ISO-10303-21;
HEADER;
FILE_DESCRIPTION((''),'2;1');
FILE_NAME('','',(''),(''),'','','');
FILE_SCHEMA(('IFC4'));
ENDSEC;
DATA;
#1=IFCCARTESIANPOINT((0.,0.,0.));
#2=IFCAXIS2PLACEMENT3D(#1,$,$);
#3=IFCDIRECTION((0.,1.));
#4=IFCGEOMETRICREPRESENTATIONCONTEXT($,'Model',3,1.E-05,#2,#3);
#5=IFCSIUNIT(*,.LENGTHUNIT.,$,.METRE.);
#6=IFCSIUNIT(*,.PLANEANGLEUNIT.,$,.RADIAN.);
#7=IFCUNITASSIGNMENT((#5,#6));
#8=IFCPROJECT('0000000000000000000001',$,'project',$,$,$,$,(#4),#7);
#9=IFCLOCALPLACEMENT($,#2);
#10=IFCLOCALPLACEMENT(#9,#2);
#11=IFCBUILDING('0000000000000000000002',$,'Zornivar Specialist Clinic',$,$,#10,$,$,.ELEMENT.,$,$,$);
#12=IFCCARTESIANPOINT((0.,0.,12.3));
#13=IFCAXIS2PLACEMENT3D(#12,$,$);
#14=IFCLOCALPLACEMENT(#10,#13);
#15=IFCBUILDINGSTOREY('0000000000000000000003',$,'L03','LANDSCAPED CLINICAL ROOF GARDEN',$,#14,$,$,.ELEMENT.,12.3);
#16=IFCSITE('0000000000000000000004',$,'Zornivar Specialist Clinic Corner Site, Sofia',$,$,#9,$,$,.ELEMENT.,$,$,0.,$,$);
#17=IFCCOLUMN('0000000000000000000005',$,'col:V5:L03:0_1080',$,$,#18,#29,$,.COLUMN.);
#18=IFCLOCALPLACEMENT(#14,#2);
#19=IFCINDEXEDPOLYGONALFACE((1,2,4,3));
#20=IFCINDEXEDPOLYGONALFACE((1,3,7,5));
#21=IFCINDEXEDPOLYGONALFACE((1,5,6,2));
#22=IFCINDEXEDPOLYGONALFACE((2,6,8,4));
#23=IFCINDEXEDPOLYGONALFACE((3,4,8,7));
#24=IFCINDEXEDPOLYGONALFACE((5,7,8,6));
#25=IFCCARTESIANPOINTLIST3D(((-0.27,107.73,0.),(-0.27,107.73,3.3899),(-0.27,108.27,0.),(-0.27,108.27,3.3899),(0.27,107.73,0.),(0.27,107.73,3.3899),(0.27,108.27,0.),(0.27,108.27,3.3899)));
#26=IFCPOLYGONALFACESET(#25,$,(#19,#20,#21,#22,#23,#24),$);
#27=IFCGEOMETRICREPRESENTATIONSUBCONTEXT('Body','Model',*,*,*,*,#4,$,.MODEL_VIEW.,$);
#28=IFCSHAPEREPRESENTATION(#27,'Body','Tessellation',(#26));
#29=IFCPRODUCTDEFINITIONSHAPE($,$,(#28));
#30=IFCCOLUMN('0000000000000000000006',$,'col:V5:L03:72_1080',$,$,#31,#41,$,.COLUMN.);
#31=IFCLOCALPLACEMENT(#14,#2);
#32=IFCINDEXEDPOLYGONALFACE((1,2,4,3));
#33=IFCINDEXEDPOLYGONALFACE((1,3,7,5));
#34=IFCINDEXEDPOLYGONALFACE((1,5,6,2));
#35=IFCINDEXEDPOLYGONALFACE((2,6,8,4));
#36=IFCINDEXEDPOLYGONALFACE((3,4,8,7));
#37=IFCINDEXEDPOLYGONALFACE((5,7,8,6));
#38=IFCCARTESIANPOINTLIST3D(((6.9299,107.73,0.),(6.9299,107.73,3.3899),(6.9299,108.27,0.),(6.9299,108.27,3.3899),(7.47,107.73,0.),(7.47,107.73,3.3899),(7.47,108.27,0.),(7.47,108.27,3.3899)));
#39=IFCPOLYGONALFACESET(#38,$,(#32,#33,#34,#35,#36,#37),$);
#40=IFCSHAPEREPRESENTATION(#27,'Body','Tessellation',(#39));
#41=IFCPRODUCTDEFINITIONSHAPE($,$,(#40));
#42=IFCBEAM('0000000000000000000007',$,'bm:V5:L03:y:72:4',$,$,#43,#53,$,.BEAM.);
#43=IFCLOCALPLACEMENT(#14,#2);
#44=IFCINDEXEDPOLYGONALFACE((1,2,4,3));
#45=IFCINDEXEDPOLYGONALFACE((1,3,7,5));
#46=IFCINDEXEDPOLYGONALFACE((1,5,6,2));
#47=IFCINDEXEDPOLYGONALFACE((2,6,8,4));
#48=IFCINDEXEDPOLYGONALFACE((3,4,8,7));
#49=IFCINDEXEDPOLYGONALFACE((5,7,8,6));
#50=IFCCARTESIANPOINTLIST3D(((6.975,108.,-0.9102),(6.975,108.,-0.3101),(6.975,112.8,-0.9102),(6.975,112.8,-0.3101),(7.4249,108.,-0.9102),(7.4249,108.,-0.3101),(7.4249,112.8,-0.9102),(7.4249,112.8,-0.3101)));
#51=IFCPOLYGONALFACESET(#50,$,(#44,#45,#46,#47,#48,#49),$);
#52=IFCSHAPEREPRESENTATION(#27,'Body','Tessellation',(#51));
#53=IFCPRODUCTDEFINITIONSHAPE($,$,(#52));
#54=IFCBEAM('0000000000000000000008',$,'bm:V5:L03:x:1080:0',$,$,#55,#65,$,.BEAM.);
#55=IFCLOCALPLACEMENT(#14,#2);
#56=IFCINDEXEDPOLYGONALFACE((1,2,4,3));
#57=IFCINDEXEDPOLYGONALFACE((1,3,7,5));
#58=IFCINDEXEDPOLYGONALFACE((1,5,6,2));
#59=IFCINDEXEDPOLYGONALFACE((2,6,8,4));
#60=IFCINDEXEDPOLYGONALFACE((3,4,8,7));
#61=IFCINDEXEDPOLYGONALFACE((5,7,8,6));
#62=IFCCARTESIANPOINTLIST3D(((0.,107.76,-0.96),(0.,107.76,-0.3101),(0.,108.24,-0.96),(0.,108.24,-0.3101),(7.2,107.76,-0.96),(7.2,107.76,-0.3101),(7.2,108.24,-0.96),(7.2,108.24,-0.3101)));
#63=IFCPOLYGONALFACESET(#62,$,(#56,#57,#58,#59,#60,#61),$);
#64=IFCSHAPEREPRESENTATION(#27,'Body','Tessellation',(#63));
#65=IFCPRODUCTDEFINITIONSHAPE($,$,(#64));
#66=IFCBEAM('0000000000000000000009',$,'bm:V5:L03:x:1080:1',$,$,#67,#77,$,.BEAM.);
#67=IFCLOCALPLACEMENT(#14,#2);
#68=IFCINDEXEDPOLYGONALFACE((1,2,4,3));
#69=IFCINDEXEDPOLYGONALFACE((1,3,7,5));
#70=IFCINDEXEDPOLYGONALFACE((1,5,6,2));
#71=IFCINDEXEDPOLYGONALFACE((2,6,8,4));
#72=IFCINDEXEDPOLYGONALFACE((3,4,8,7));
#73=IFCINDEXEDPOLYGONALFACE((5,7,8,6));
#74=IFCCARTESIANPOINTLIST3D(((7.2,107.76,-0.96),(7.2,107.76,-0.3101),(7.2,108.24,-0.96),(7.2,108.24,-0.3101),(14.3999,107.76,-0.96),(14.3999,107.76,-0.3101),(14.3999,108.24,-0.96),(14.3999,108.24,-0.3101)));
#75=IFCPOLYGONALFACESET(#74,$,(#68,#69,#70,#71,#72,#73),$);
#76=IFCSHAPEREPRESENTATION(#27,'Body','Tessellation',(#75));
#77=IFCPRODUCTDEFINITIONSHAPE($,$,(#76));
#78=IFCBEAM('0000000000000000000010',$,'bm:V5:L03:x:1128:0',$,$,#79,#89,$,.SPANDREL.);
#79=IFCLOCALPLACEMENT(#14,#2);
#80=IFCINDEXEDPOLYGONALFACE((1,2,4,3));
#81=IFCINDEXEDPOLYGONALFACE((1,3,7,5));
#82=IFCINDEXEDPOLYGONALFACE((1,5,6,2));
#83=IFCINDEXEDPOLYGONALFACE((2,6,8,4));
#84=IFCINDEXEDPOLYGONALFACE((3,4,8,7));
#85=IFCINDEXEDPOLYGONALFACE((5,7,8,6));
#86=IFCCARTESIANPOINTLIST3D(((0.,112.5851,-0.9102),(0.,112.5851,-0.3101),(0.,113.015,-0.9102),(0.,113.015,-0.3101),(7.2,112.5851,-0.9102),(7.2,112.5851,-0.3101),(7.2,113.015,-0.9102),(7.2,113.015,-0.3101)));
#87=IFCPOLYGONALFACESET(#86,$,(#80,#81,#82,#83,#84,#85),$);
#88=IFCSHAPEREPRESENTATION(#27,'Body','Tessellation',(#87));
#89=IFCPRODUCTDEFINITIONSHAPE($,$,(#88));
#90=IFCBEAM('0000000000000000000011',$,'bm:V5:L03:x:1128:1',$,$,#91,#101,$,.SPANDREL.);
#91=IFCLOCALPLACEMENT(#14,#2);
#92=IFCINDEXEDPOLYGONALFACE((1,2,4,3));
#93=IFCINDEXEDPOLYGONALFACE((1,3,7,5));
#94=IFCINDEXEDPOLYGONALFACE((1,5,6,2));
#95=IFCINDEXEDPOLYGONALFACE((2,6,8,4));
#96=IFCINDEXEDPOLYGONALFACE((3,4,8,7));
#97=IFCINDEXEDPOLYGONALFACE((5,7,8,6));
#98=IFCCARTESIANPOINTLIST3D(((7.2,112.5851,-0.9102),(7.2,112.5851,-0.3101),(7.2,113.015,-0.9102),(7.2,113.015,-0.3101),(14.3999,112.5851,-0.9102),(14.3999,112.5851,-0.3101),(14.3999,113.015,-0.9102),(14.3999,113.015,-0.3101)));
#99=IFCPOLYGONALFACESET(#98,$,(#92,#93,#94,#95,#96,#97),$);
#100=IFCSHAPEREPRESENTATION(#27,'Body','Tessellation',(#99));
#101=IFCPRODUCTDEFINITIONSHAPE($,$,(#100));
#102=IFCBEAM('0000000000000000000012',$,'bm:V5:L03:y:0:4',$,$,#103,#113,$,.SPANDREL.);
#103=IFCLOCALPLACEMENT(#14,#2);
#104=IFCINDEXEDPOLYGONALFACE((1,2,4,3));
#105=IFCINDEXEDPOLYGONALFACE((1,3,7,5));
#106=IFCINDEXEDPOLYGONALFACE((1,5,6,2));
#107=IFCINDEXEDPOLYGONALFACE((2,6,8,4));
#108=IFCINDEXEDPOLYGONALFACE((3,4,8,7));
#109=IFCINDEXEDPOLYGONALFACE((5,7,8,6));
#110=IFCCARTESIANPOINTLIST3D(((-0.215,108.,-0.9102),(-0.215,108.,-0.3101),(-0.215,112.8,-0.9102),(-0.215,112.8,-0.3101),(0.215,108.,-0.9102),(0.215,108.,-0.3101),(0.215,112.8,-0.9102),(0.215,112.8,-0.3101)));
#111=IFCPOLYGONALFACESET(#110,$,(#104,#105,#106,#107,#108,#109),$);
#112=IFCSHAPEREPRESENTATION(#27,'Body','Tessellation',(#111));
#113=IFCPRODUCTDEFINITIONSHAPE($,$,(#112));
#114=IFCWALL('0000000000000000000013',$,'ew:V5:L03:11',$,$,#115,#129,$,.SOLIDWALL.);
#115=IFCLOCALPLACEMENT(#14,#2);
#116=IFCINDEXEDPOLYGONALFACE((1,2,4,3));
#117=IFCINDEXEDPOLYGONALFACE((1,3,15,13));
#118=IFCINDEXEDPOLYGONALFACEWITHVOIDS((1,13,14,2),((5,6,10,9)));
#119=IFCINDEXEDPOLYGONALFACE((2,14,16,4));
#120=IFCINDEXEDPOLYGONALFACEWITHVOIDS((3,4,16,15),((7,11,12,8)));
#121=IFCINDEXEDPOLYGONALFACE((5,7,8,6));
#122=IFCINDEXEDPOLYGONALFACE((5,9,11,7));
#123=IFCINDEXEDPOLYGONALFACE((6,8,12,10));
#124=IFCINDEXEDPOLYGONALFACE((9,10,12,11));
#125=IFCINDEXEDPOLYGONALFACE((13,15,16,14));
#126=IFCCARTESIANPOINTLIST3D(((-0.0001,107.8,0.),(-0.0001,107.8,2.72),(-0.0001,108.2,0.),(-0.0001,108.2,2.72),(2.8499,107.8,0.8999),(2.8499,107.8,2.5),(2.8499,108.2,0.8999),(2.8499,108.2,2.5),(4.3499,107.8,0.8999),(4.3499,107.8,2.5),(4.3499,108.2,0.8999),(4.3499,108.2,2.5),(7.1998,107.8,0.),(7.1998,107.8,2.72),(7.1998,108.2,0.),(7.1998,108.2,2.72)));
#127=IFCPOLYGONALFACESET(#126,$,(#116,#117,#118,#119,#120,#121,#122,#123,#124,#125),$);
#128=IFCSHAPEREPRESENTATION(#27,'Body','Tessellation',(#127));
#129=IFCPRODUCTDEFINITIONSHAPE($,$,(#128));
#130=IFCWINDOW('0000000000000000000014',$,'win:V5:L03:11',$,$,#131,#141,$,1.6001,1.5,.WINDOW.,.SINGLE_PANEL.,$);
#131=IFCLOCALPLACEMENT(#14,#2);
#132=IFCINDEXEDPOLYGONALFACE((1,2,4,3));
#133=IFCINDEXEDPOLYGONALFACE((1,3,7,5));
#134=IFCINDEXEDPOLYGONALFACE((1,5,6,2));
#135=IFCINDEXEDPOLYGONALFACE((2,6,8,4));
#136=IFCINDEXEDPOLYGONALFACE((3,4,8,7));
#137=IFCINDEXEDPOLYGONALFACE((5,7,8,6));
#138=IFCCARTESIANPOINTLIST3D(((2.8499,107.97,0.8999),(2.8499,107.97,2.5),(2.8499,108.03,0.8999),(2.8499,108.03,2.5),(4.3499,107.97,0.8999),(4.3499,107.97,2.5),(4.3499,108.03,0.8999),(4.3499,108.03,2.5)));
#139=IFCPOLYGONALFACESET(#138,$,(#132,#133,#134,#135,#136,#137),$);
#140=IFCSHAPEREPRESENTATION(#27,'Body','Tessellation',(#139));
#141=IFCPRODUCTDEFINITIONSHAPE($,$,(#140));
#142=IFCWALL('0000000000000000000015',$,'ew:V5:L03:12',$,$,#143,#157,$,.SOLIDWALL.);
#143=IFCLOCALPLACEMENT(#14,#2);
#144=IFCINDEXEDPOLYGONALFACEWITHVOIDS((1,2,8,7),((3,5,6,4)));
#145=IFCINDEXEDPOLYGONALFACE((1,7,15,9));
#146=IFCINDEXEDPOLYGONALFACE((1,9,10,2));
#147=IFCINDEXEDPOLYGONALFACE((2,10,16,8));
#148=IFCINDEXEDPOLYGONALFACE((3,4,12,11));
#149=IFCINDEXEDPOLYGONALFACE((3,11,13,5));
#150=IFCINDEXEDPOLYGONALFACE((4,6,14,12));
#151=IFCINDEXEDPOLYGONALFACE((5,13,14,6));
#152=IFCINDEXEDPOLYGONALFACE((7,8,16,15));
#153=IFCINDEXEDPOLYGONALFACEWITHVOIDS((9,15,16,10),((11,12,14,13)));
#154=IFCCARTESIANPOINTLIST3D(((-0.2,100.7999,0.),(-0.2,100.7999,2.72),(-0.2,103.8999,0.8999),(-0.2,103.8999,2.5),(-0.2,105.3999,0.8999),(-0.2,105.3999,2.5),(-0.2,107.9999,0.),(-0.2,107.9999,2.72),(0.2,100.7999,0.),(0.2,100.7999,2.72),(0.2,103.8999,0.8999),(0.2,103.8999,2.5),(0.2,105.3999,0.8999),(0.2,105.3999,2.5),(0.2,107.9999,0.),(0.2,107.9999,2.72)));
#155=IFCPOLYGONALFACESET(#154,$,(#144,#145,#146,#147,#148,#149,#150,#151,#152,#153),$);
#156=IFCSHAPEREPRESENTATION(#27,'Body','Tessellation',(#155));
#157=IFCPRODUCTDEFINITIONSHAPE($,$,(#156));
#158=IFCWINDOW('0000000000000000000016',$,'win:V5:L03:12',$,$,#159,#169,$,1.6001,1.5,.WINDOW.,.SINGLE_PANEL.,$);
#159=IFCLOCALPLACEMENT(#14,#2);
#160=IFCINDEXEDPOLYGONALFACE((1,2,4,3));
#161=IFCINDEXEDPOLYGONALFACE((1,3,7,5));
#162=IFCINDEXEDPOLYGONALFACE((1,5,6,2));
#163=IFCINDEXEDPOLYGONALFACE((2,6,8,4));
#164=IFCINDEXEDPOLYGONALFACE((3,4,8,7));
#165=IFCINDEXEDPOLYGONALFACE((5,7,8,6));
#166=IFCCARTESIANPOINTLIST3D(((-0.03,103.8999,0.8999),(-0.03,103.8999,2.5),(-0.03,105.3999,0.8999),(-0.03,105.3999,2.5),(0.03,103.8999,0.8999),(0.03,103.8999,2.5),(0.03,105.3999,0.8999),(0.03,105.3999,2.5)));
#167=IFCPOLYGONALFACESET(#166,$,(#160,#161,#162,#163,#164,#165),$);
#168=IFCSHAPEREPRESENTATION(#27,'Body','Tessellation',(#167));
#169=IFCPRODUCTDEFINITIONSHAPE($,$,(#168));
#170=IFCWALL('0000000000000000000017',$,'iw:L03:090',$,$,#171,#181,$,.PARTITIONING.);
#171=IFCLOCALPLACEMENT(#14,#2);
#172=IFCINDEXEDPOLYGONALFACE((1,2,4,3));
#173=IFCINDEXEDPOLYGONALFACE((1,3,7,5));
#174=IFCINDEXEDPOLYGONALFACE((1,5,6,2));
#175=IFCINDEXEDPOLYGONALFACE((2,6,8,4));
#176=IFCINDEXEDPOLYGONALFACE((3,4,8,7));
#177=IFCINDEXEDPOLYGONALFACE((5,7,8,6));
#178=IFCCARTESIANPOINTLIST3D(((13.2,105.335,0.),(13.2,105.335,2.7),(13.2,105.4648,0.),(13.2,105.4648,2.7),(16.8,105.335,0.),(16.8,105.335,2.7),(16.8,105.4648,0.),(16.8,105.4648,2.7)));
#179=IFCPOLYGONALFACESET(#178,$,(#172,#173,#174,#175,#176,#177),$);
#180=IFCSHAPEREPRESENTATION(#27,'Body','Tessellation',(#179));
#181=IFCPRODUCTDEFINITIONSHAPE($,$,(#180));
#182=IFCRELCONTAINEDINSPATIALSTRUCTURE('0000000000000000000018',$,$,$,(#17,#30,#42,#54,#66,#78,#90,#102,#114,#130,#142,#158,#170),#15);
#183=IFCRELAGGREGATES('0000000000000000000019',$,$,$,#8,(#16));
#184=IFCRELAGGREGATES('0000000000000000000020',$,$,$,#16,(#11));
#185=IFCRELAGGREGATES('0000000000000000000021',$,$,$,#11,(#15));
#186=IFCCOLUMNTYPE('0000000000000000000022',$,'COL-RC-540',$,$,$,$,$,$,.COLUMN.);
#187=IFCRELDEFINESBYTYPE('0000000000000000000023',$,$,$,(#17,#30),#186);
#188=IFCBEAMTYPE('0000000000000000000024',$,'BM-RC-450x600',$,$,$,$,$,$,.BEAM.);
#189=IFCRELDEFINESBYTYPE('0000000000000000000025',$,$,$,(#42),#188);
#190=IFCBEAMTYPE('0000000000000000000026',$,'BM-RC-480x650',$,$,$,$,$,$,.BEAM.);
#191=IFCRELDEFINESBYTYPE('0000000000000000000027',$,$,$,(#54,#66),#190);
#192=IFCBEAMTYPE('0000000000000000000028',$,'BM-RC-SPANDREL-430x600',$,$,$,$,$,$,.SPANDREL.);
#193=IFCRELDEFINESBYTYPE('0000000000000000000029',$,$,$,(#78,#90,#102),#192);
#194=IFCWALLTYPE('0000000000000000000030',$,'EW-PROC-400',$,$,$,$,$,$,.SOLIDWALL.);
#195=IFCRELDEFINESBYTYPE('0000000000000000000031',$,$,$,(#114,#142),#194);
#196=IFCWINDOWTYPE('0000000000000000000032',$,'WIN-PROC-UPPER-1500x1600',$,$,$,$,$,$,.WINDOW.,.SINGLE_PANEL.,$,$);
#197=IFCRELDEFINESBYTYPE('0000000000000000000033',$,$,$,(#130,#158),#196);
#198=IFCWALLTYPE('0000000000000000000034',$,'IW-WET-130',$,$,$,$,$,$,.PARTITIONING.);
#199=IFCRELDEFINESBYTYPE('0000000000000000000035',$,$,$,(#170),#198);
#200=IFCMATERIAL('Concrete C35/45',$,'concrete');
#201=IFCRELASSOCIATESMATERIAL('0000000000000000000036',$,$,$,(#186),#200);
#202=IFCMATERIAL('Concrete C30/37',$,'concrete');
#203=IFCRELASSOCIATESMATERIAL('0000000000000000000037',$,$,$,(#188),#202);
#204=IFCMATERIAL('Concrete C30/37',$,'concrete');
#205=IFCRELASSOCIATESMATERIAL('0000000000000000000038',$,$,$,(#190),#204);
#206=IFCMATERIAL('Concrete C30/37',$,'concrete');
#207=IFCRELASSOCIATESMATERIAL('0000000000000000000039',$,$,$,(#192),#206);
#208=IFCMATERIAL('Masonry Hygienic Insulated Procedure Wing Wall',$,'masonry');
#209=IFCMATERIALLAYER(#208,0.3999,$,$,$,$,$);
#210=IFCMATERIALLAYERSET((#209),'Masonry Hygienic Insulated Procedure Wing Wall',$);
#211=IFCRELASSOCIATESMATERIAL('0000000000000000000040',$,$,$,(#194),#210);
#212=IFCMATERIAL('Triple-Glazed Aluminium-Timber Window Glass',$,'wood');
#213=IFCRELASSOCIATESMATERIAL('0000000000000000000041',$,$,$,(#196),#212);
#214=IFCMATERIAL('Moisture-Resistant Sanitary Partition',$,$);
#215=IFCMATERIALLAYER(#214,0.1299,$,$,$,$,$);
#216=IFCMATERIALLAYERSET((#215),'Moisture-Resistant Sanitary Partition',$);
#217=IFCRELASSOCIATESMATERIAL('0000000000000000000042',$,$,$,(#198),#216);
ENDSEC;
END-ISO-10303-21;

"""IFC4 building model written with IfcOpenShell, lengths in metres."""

from ifc_helpers import new_model, si_unit, direction, frame, frame_2d, origin, origin_2d, place, context, subcontext, project, spatial, rectangle, extrude, material, layer, layer_set, material_profile, profile_set, type_object, element, fill, save


model = new_model("IFC4")

# Units and contexts
model_context = context("Model", 3, precision=1e-05, world=origin(), true_north=direction((0.0, 1.0)))
body_context = subcontext(model_context, "Body", "Model", "MODEL_VIEW")
ifc_project = project(units=[si_unit("LENGTHUNIT", "METRE"), si_unit("PLANEANGLEUNIT", "RADIAN")], contexts=[model_context])

# Site, building, storey
site_placement = place(None, origin())
site = spatial("IfcSite", under=ifc_project, at=site_placement, Name="Zornivar Specialist Clinic Corner Site, Sofia", CompositionType="ELEMENT", RefElevation=0.0)
building_placement = place(site_placement, origin())
building = spatial("IfcBuilding", under=site, at=building_placement, Name="Zornivar Specialist Clinic", CompositionType="ELEMENT")
storey_placement = place(building_placement, frame((0.0, 0.0, 12.3)))
storey = spatial("IfcBuildingStorey", under=building, at=storey_placement, Name="L03", Description="LANDSCAPED CLINICAL ROOF GARDEN", CompositionType="ELEMENT", Elevation=12.3)

# Columns
ifc_material_1 = material(Name="Concrete C35/45", Category="concrete")
ifc_material_profile_1 = material_profile(ifc_material_1, rectangle(XDim=0.54, YDim=0.54, at=origin_2d()), Name="RC 540x540")
ifc_profile_set_1 = profile_set([ifc_material_profile_1], Name="Concrete C35/45")
column_type = type_object("IfcColumnType", Name="COL-RC-540", PredefinedType="COLUMN", material=ifc_profile_set_1)
for number, where, z_axis, x_axis, name in (
    (1, (0.0, 108.0, 0.0), (0.0, 0.0, 1.0), (1.0, 0.0, 0.0), "col:V5:L03:0_1080"),
    (2, (7.2, 108.0, 0.0), (0.0, 0.0, 1.0), (1.0, 0.0, 0.0), "col:V5:L03:72_1080"),
):
    element("IfcColumn", number, at=place(storey_placement, frame(where, z_axis=z_axis, x_axis=x_axis)), inside=storey, type_object=column_type, Name=name, PredefinedType="COLUMN", context=body_context, shape_type="SweptSolid", body=[
        extrude(rectangle(XDim=0.54, YDim=0.54, at=origin_2d()), origin(), (0.0, 0.0, 1.0), 3.3899),
    ])

# Beams
ifc_material_2 = material(Name="Concrete C30/37", Category="concrete")
ifc_material_profile_2 = material_profile(ifc_material_2, rectangle(XDim=0.45, YDim=0.6001, at=origin_2d()), Name="RC 450x600")
ifc_profile_set_2 = profile_set([ifc_material_profile_2], Name="Concrete C30/37")
beam_type_1 = type_object("IfcBeamType", Name="BM-RC-450x600", PredefinedType="BEAM", material=ifc_profile_set_2)
beam_1_placement = place(storey_placement, frame((7.2, 108.0, -0.6101), z_axis=(0.0, 1.0, 0.0), x_axis=(-1.0, 0.0, 0.0)))
element("IfcBeam", 3, at=beam_1_placement, inside=storey, type_object=beam_type_1, Name="bm:V5:L03:y:72:4", PredefinedType="BEAM", context=body_context, shape_type="SweptSolid", body=[
    extrude(rectangle(XDim=0.45, YDim=0.6001, at=origin_2d()), origin(), (0.0, 0.0, 1.0), 4.8),
])
ifc_material_3 = material(Name="Concrete C30/37", Category="concrete")
ifc_material_profile_3 = material_profile(ifc_material_3, rectangle(XDim=0.48, YDim=0.6499, at=origin_2d()), Name="RC 480x650")
ifc_profile_set_3 = profile_set([ifc_material_profile_3], Name="Concrete C30/37")
beam_type_2 = type_object("IfcBeamType", Name="BM-RC-480x650", PredefinedType="BEAM", material=ifc_profile_set_3)
for number, where, z_axis, x_axis, name in (
    (4, (0.0, 108.0, -0.635), (1.0, 0.0, 0.0), (0.0, 1.0, 0.0), "bm:V5:L03:x:1080:0"),
    (5, (7.2, 108.0, -0.635), (1.0, 0.0, 0.0), (0.0, 1.0, 0.0), "bm:V5:L03:x:1080:1"),
):
    element("IfcBeam", number, at=place(storey_placement, frame(where, z_axis=z_axis, x_axis=x_axis)), inside=storey, type_object=beam_type_2, Name=name, PredefinedType="BEAM", context=body_context, shape_type="SweptSolid", body=[
        extrude(rectangle(XDim=0.48, YDim=0.6499, at=origin_2d()), origin(), (0.0, 0.0, 1.0), 7.2),
    ])
ifc_material_4 = material(Name="Concrete C30/37", Category="concrete")
ifc_material_profile_4 = material_profile(ifc_material_4, rectangle(XDim=0.4299, YDim=0.6001, at=origin_2d()), Name="RC 430x600")
ifc_profile_set_4 = profile_set([ifc_material_profile_4], Name="Concrete C30/37")
beam_type_3 = type_object("IfcBeamType", Name="BM-RC-SPANDREL-430x600", PredefinedType="SPANDREL", material=ifc_profile_set_4)
for number, where, z_axis, x_axis, name in (
    (6, (0.0, 112.8, -0.6101), (1.0, 0.0, 0.0), (0.0, 1.0, 0.0), "bm:V5:L03:x:1128:0"),
    (7, (7.2, 112.8, -0.6101), (1.0, 0.0, 0.0), (0.0, 1.0, 0.0), "bm:V5:L03:x:1128:1"),
):
    element("IfcBeam", number, at=place(storey_placement, frame(where, z_axis=z_axis, x_axis=x_axis)), inside=storey, type_object=beam_type_3, Name=name, PredefinedType="SPANDREL", context=body_context, shape_type="SweptSolid", body=[
        extrude(rectangle(XDim=0.4299, YDim=0.6001, at=origin_2d()), origin(), (0.0, 0.0, 1.0), 7.2),
    ])
beam_2_placement = place(storey_placement, frame((0.0, 108.0, -0.6101), z_axis=(0.0, 1.0, 0.0), x_axis=(-1.0, 0.0, 0.0)))
element("IfcBeam", 8, at=beam_2_placement, inside=storey, type_object=beam_type_3, Name="bm:V5:L03:y:0:4", PredefinedType="SPANDREL", context=body_context, shape_type="SweptSolid", body=[
    extrude(rectangle(XDim=0.4299, YDim=0.6001, at=origin_2d()), origin(), (0.0, 0.0, 1.0), 4.8),
])

# Walls, openings, windows
ifc_material_5 = material(Name="Masonry Hygienic Insulated Procedure Wing Wall", Category="masonry")
ifc_layer_1 = layer(ifc_material_5, 0.3999)
ifc_layer_set_1 = layer_set([ifc_layer_1], Name="Masonry Hygienic Insulated Procedure Wing Wall")
wall_type_1 = type_object("IfcWallType", Name="EW-PROC-400", PredefinedType="SOLIDWALL", material=ifc_layer_set_1)
wall_1_placement = place(storey_placement, frame((7.2, 108.0, 0.0), z_axis=(0.0, 0.0, 1.0), x_axis=(-1.0, 0.0, 0.0)))
wall_1 = element("IfcWall", 9, at=wall_1_placement, inside=storey, type_object=wall_type_1, Name="ew:V5:L03:11", PredefinedType="SOLIDWALL", context=body_context, shape_type="SweptSolid", body=[
    extrude(rectangle(XDim=7.2, YDim=0.3999, at=frame_2d((3.6001, 0.0))), origin(), (0.0, 0.0, 1.0), 2.72),
])
opening_1_placement = place(wall_1_placement, frame((2.8501, 0.0, 0.8999)))
opening_1 = element("IfcOpeningElement", 10, at=opening_1_placement, cuts=wall_1, PredefinedType="OPENING", context=body_context, shape_type="SweptSolid", body=[
    extrude(rectangle(XDim=1.5, YDim=1.6001, at=frame_2d((0.75, 0.8))), frame((0.0, 0.21, 0.0), z_axis=(0.0, -1.0, 0.0), x_axis=(1.0, 0.0, 0.0)), (0.0, 0.0, 1.0), 0.4199),
])
ifc_material_6 = material(Name="Triple-Glazed Aluminium-Timber Window Glass", Category="wood")
window_type = type_object("IfcWindowType", Name="WIN-PROC-UPPER-1500x1600", PartitioningType="SINGLE_PANEL", PredefinedType="WINDOW", material=ifc_material_6)
window_1_placement = place(opening_1_placement, origin())
window_1 = element("IfcWindow", 11, at=window_1_placement, inside=storey, type_object=window_type, Name="win:V5:L03:11", OverallHeight=1.6001, OverallWidth=1.5, PartitioningType="SINGLE_PANEL", PredefinedType="WINDOW", context=body_context, shape_type="SweptSolid", body=[
    extrude(rectangle(XDim=1.5, YDim=1.6001, at=frame_2d((0.75, 0.8))), frame((0.0, 0.03, 0.0), z_axis=(0.0, -1.0, 0.0), x_axis=(1.0, 0.0, 0.0)), (0.0, 0.0, 1.0), 0.0601),
])
fill(opening_1, window_1)
wall_2_placement = place(storey_placement, frame((0.0, 108.0, 0.0), z_axis=(0.0, 0.0, 1.0), x_axis=(0.0, -1.0, 0.0)))
wall_2 = element("IfcWall", 12, at=wall_2_placement, inside=storey, type_object=wall_type_1, Name="ew:V5:L03:12", PredefinedType="SOLIDWALL", context=body_context, shape_type="SweptSolid", body=[
    extrude(rectangle(XDim=7.2, YDim=0.3999, at=frame_2d((3.6001, 0.0))), origin(), (0.0, 0.0, 1.0), 2.72),
])
opening_2_placement = place(wall_2_placement, frame((2.6001, 0.0, 0.8999)))
opening_2 = element("IfcOpeningElement", 13, at=opening_2_placement, cuts=wall_2, PredefinedType="OPENING", context=body_context, shape_type="SweptSolid", body=[
    extrude(rectangle(XDim=1.5, YDim=1.6001, at=frame_2d((0.75, 0.8))), frame((0.0, 0.21, 0.0), z_axis=(0.0, -1.0, 0.0), x_axis=(1.0, 0.0, 0.0)), (0.0, 0.0, 1.0), 0.4199),
])
window_2_placement = place(opening_2_placement, origin())
window_2 = element("IfcWindow", 14, at=window_2_placement, inside=storey, type_object=window_type, Name="win:V5:L03:12", OverallHeight=1.6001, OverallWidth=1.5, PartitioningType="SINGLE_PANEL", PredefinedType="WINDOW", context=body_context, shape_type="SweptSolid", body=[
    extrude(rectangle(XDim=1.5, YDim=1.6001, at=frame_2d((0.75, 0.8))), frame((0.0, 0.03, 0.0), z_axis=(0.0, -1.0, 0.0), x_axis=(1.0, 0.0, 0.0)), (0.0, 0.0, 1.0), 0.0601),
])
fill(opening_2, window_2)

# Wall
ifc_material_7 = material(Name="Moisture-Resistant Sanitary Partition")
ifc_layer_2 = layer(ifc_material_7, 0.1299)
ifc_layer_set_2 = layer_set([ifc_layer_2], Name="Moisture-Resistant Sanitary Partition")
wall_type_2 = type_object("IfcWallType", Name="IW-WET-130", PredefinedType="PARTITIONING", material=ifc_layer_set_2)
wall_3_placement = place(storey_placement, frame((13.2, 105.3999, 0.0), z_axis=(0.0, 0.0, 1.0), x_axis=(1.0, 0.0, 0.0)))
element("IfcWall", 15, at=wall_3_placement, inside=storey, type_object=wall_type_2, Name="iw:L03:090", PredefinedType="PARTITIONING", context=body_context, shape_type="SweptSolid", body=[
    extrude(rectangle(XDim=3.6001, YDim=0.1299, at=frame_2d((1.8, 0.0))), origin(), (0.0, 0.0, 1.0), 2.7),
])

save(model, "model.ifc")
